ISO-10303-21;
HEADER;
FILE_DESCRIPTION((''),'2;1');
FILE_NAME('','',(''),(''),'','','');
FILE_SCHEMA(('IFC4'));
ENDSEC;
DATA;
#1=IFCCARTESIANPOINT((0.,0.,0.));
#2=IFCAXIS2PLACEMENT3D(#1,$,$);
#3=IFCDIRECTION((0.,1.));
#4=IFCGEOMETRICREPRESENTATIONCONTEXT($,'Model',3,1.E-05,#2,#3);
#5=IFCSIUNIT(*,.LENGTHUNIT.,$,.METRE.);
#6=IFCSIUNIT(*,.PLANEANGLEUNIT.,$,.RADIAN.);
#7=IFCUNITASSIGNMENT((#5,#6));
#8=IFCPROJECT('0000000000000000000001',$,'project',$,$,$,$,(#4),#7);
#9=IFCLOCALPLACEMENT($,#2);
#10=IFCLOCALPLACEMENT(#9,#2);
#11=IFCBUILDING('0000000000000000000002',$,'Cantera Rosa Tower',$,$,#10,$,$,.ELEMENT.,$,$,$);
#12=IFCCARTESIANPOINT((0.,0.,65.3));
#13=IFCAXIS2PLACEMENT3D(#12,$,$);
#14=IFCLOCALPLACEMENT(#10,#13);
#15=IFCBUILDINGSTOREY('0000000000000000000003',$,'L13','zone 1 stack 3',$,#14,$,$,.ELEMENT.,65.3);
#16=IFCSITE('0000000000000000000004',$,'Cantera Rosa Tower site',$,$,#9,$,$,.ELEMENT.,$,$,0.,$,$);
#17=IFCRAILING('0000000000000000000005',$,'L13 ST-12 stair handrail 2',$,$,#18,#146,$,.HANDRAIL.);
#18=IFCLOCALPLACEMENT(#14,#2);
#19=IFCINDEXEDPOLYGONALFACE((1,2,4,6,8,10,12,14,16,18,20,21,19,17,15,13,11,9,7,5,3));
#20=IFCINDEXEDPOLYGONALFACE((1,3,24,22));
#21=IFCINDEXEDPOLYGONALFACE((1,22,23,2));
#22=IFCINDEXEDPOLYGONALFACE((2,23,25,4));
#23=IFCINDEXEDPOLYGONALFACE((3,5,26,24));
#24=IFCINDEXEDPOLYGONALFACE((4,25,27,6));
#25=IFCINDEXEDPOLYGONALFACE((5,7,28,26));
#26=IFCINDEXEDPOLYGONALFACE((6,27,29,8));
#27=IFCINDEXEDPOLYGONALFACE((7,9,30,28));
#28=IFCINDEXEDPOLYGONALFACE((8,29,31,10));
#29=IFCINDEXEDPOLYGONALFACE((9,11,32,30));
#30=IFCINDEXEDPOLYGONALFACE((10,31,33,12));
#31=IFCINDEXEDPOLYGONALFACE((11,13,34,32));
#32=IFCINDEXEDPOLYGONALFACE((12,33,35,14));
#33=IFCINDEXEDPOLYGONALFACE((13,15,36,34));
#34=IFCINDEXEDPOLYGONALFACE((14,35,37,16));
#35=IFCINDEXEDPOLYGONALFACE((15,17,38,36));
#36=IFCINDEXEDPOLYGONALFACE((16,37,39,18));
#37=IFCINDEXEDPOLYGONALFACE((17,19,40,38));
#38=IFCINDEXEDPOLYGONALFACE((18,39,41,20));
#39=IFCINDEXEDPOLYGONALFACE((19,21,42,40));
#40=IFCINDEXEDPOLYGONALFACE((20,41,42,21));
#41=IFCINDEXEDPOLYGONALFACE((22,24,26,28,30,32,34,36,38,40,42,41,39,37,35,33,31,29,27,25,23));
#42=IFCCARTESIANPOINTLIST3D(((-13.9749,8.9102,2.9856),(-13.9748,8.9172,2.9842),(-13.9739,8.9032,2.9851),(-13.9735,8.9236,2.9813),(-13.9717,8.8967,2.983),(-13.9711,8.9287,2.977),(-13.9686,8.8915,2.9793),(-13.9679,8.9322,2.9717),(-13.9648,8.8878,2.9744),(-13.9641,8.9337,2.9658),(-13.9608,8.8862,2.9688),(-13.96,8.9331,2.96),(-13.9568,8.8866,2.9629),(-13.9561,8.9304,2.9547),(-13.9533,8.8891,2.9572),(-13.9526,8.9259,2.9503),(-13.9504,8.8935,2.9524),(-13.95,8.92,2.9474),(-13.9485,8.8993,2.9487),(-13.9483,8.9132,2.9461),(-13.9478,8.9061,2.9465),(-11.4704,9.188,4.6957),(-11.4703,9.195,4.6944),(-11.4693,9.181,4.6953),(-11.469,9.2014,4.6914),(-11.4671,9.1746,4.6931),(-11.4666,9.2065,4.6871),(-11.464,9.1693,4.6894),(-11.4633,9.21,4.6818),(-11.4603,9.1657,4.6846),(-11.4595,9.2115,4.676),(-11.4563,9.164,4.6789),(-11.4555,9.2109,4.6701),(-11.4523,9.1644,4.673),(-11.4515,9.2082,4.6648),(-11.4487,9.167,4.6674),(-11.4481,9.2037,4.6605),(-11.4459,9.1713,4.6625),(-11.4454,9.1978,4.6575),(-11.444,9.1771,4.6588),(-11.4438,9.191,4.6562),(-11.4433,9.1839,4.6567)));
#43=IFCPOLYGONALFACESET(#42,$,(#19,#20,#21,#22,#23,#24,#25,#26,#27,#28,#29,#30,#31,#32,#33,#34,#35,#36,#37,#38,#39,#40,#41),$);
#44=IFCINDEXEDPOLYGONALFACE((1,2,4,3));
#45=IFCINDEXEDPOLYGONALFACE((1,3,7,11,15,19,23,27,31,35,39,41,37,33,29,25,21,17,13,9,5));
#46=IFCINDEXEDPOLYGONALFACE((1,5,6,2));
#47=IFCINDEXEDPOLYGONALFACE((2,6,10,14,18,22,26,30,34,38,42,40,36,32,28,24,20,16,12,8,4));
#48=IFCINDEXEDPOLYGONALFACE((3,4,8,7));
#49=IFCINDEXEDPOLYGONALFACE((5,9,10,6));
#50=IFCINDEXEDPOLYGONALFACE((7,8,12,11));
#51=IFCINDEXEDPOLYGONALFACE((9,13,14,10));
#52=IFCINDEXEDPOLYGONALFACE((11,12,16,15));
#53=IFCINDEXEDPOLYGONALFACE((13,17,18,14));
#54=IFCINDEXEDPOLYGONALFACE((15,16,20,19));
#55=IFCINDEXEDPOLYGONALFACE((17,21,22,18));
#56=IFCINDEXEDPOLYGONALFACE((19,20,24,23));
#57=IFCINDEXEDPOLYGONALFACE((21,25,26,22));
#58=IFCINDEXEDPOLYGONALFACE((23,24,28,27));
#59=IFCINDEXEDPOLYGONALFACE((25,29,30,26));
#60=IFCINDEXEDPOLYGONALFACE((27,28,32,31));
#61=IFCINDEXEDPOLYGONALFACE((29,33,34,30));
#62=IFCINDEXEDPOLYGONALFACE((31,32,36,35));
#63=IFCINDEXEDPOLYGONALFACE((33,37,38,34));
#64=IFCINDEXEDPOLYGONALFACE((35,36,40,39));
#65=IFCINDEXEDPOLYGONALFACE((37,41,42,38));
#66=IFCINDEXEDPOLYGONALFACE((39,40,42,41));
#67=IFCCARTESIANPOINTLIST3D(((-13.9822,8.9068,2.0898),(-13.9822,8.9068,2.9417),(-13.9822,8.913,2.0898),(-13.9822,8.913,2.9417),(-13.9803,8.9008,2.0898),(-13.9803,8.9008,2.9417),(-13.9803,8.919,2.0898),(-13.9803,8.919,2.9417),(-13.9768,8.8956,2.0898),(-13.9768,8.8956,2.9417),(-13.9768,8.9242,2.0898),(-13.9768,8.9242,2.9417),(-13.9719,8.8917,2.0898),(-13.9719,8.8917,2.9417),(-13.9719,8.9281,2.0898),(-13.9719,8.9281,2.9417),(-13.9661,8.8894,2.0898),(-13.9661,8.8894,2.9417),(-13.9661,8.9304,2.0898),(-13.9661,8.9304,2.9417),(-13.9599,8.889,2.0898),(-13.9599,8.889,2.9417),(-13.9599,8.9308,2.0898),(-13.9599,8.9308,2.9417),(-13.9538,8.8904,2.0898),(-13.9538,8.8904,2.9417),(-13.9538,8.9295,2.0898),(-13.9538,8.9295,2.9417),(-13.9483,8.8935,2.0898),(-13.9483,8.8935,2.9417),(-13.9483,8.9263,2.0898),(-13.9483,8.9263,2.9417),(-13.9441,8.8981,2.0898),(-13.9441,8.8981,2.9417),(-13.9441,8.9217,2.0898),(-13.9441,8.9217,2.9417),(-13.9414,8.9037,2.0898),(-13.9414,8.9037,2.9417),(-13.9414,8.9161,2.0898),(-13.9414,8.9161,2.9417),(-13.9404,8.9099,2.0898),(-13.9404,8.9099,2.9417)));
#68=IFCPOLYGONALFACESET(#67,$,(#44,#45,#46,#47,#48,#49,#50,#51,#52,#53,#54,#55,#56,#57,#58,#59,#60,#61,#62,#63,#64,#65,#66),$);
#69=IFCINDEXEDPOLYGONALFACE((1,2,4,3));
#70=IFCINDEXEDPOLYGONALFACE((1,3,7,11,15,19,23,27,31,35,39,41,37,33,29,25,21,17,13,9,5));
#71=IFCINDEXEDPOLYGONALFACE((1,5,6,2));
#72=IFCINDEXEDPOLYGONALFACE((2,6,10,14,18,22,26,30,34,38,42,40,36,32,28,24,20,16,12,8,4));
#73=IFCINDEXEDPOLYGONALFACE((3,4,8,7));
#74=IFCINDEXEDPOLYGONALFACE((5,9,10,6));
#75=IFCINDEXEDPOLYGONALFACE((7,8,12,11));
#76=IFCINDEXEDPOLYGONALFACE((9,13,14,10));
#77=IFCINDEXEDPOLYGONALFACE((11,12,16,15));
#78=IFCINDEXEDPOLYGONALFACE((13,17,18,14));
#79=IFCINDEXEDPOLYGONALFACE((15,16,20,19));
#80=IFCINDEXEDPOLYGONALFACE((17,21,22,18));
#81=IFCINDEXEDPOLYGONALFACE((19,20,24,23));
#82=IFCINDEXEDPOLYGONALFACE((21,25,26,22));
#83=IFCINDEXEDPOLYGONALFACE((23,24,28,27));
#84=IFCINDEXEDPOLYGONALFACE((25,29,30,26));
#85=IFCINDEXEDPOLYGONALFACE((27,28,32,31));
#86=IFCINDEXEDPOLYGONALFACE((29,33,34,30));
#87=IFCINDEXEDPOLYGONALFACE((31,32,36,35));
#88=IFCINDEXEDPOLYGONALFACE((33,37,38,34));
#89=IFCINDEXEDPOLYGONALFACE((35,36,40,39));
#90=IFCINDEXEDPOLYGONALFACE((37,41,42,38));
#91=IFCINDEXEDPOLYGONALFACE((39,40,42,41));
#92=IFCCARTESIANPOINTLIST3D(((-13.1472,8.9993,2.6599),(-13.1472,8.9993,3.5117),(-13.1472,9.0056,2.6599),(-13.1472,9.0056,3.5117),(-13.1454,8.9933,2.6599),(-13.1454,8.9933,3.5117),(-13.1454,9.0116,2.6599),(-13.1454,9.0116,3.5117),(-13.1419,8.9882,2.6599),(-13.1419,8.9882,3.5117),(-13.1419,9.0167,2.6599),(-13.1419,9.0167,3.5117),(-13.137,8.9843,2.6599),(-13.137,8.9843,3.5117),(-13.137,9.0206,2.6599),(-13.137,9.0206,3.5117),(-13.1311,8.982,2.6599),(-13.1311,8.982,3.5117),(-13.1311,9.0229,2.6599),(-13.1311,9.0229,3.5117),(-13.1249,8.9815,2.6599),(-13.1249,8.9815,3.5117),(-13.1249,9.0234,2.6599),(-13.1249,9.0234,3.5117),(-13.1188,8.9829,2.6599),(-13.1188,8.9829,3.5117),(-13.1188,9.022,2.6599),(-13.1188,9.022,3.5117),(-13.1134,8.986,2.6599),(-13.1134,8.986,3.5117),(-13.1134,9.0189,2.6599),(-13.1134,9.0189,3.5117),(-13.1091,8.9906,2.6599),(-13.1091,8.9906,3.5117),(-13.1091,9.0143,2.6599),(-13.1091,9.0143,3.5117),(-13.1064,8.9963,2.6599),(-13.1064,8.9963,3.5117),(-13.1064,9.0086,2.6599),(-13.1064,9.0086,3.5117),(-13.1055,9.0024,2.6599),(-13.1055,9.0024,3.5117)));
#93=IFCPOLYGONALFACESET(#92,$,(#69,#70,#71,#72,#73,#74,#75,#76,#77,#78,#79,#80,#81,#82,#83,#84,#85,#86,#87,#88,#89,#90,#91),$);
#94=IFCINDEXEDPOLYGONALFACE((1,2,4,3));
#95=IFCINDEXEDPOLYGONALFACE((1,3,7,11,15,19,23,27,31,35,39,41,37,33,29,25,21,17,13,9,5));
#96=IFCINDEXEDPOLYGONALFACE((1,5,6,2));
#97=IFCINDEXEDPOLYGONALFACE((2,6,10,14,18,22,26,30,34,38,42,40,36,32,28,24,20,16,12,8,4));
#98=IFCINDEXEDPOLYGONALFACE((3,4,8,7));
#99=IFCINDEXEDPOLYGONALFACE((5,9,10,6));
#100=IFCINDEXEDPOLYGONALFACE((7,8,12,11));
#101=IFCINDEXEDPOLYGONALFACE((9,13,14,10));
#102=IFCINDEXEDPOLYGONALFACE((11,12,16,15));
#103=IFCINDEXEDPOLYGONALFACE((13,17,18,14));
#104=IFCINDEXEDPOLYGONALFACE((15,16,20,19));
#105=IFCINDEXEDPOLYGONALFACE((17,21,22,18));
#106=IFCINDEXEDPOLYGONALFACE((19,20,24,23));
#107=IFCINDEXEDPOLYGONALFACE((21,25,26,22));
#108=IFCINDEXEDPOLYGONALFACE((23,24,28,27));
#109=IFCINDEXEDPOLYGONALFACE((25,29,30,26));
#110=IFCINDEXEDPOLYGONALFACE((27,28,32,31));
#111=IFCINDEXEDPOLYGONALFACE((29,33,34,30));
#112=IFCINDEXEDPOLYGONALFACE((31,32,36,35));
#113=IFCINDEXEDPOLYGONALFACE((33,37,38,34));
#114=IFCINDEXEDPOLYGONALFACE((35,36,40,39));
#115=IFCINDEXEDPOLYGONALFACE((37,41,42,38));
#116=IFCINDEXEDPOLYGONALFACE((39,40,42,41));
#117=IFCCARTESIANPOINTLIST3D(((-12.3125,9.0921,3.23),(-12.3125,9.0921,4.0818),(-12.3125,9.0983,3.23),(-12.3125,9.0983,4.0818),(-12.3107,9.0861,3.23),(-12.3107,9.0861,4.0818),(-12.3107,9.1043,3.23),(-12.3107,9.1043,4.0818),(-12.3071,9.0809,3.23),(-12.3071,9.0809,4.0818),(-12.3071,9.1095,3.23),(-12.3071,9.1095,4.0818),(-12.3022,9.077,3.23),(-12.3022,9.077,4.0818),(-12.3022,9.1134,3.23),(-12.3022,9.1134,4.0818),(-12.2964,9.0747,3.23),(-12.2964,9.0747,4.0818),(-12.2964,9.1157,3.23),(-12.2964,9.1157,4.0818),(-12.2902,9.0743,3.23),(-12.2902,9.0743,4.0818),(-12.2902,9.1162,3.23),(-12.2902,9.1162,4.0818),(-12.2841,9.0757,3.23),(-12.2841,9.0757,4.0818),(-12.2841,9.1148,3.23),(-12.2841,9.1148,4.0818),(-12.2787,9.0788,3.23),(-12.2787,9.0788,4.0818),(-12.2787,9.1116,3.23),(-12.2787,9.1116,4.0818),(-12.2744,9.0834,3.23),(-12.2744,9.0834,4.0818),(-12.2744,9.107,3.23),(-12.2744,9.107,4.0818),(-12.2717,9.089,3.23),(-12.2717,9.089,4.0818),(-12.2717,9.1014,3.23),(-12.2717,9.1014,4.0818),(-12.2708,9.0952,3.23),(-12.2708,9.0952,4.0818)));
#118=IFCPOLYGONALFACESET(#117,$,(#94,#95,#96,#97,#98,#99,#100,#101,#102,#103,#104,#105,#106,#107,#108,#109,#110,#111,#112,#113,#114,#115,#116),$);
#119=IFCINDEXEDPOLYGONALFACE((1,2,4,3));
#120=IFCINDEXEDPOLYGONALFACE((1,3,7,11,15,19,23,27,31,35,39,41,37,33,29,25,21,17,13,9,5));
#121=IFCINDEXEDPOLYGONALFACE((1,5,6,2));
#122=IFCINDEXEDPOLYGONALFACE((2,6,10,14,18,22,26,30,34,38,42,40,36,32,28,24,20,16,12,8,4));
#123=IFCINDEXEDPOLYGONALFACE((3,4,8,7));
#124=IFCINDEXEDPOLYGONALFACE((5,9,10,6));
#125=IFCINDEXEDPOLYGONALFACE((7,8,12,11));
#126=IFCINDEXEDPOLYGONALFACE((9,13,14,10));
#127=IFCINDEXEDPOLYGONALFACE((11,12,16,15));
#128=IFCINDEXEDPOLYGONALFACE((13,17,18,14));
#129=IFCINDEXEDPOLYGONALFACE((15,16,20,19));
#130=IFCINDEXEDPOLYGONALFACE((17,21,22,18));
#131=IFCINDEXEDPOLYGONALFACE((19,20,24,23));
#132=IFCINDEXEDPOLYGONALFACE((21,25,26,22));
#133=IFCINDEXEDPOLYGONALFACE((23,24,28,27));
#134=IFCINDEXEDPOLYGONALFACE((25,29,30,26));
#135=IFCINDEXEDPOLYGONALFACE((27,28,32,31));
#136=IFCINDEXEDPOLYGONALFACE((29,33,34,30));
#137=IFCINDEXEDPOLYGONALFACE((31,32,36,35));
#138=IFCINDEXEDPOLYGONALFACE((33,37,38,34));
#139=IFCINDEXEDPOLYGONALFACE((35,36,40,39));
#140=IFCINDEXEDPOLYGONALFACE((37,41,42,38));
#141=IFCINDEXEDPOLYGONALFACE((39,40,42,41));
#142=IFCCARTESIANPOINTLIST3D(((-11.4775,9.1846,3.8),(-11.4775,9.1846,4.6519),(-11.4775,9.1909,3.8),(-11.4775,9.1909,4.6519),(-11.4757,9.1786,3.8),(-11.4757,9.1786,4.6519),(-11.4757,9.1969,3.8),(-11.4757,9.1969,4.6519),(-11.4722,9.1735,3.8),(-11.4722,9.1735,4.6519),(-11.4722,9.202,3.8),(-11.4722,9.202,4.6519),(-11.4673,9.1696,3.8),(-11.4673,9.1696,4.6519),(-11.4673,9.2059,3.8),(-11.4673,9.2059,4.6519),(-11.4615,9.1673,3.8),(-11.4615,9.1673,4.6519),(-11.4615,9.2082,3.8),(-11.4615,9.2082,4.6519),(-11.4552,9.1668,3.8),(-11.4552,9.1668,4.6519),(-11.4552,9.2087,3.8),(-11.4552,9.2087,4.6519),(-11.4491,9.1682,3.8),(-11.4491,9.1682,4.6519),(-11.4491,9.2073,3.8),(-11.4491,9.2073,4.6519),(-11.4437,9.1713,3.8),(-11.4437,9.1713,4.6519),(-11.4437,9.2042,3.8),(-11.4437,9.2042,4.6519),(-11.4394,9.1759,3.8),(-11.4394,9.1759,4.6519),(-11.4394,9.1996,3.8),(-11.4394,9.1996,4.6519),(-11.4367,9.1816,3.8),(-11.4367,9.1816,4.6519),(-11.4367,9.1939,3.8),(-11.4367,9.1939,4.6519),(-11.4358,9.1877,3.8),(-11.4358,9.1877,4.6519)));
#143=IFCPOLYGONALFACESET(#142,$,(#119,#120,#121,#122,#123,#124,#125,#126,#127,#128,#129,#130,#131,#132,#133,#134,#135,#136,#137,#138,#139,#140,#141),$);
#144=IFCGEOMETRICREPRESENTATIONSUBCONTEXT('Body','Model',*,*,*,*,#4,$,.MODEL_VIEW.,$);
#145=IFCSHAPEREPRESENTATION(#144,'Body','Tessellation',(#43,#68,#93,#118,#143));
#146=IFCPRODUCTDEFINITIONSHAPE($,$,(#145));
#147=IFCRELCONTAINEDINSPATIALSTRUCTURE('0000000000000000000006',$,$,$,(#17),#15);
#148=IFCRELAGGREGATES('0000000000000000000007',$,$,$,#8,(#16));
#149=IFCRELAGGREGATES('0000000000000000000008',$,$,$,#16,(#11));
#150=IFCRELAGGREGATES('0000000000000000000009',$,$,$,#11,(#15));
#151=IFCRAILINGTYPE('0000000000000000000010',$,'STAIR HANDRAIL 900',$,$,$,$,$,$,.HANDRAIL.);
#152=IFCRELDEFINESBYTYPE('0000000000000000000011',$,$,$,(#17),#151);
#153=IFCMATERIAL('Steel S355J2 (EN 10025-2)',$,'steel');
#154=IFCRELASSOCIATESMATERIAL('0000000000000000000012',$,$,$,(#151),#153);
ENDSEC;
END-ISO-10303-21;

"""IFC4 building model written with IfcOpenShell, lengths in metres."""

from ifc_helpers import new_model, si_unit, direction, frame, origin, origin_2d, place, context, subcontext, project, spatial, circle, extrude, material, type_object, element, save


model = new_model("IFC4")

# Units and contexts
model_context = context("Model", 3, precision=1e-05, world=origin(), true_north=direction((0.0, 1.0)))
body_context = subcontext(model_context, "Body", "Model", "MODEL_VIEW")
ifc_project = project(units=[si_unit("LENGTHUNIT", "METRE"), si_unit("PLANEANGLEUNIT", "RADIAN")], contexts=[model_context])

# Site, building, storey
site_placement = place(None, origin())
site = spatial("IfcSite", under=ifc_project, at=site_placement, Name="Cantera Rosa Tower site", CompositionType="ELEMENT", RefElevation=0.0)
building_placement = place(site_placement, origin())
building = spatial("IfcBuilding", under=site, at=building_placement, Name="Cantera Rosa Tower", CompositionType="ELEMENT")
storey_placement = place(building_placement, frame((0.0, 0.0, 65.3)))
storey = spatial("IfcBuildingStorey", under=building, at=storey_placement, Name="L13", Description="zone 1 stack 3", CompositionType="ELEMENT", Elevation=65.3)

# Railing
ifc_material_1 = material(Name="Steel S355J2 (EN 10025-2)", Category="steel")
railing_type_1 = type_object("IfcRailingType", Name="STAIR HANDRAIL 900", PredefinedType="HANDRAIL", material=ifc_material_1)
railing_1_placement = place(storey_placement, frame((-13.9614, 8.9099, 2.0898)))
element("IfcRailing", 1, at=railing_1_placement, inside=storey, type_object=railing_type_1, Name="L13 ST-12 stair handrail 2", PredefinedType="HANDRAIL", context=body_context, shape_type="SweptSolid", body=[
    extrude(circle(Radius=0.0239, at=origin_2d()), frame((0.0, 0.0, 0.876), z_axis=(0.8224, 0.091226, 0.561547), x_axis=(-0.110251, 0.993904, 0.0)), (0.0, 0.0, 1.0), 3.0454),
    extrude(circle(Radius=0.021, at=origin_2d()), origin(), (0.0, 0.0, 1.0), 0.8518),
    extrude(circle(Radius=0.021, at=origin_2d()), frame((0.835, 0.0925, 0.5701)), (0.0, 0.0, 1.0), 0.8518),
    extrude(circle(Radius=0.021, at=origin_2d()), frame((1.6697, 0.1853, 1.1401)), (0.0, 0.0, 1.0), 0.8518),
    extrude(circle(Radius=0.021, at=origin_2d()), frame((2.5046, 0.2778, 1.7102)), (0.0, 0.0, 1.0), 0.8518),
])

save(model, "model.ifc")
